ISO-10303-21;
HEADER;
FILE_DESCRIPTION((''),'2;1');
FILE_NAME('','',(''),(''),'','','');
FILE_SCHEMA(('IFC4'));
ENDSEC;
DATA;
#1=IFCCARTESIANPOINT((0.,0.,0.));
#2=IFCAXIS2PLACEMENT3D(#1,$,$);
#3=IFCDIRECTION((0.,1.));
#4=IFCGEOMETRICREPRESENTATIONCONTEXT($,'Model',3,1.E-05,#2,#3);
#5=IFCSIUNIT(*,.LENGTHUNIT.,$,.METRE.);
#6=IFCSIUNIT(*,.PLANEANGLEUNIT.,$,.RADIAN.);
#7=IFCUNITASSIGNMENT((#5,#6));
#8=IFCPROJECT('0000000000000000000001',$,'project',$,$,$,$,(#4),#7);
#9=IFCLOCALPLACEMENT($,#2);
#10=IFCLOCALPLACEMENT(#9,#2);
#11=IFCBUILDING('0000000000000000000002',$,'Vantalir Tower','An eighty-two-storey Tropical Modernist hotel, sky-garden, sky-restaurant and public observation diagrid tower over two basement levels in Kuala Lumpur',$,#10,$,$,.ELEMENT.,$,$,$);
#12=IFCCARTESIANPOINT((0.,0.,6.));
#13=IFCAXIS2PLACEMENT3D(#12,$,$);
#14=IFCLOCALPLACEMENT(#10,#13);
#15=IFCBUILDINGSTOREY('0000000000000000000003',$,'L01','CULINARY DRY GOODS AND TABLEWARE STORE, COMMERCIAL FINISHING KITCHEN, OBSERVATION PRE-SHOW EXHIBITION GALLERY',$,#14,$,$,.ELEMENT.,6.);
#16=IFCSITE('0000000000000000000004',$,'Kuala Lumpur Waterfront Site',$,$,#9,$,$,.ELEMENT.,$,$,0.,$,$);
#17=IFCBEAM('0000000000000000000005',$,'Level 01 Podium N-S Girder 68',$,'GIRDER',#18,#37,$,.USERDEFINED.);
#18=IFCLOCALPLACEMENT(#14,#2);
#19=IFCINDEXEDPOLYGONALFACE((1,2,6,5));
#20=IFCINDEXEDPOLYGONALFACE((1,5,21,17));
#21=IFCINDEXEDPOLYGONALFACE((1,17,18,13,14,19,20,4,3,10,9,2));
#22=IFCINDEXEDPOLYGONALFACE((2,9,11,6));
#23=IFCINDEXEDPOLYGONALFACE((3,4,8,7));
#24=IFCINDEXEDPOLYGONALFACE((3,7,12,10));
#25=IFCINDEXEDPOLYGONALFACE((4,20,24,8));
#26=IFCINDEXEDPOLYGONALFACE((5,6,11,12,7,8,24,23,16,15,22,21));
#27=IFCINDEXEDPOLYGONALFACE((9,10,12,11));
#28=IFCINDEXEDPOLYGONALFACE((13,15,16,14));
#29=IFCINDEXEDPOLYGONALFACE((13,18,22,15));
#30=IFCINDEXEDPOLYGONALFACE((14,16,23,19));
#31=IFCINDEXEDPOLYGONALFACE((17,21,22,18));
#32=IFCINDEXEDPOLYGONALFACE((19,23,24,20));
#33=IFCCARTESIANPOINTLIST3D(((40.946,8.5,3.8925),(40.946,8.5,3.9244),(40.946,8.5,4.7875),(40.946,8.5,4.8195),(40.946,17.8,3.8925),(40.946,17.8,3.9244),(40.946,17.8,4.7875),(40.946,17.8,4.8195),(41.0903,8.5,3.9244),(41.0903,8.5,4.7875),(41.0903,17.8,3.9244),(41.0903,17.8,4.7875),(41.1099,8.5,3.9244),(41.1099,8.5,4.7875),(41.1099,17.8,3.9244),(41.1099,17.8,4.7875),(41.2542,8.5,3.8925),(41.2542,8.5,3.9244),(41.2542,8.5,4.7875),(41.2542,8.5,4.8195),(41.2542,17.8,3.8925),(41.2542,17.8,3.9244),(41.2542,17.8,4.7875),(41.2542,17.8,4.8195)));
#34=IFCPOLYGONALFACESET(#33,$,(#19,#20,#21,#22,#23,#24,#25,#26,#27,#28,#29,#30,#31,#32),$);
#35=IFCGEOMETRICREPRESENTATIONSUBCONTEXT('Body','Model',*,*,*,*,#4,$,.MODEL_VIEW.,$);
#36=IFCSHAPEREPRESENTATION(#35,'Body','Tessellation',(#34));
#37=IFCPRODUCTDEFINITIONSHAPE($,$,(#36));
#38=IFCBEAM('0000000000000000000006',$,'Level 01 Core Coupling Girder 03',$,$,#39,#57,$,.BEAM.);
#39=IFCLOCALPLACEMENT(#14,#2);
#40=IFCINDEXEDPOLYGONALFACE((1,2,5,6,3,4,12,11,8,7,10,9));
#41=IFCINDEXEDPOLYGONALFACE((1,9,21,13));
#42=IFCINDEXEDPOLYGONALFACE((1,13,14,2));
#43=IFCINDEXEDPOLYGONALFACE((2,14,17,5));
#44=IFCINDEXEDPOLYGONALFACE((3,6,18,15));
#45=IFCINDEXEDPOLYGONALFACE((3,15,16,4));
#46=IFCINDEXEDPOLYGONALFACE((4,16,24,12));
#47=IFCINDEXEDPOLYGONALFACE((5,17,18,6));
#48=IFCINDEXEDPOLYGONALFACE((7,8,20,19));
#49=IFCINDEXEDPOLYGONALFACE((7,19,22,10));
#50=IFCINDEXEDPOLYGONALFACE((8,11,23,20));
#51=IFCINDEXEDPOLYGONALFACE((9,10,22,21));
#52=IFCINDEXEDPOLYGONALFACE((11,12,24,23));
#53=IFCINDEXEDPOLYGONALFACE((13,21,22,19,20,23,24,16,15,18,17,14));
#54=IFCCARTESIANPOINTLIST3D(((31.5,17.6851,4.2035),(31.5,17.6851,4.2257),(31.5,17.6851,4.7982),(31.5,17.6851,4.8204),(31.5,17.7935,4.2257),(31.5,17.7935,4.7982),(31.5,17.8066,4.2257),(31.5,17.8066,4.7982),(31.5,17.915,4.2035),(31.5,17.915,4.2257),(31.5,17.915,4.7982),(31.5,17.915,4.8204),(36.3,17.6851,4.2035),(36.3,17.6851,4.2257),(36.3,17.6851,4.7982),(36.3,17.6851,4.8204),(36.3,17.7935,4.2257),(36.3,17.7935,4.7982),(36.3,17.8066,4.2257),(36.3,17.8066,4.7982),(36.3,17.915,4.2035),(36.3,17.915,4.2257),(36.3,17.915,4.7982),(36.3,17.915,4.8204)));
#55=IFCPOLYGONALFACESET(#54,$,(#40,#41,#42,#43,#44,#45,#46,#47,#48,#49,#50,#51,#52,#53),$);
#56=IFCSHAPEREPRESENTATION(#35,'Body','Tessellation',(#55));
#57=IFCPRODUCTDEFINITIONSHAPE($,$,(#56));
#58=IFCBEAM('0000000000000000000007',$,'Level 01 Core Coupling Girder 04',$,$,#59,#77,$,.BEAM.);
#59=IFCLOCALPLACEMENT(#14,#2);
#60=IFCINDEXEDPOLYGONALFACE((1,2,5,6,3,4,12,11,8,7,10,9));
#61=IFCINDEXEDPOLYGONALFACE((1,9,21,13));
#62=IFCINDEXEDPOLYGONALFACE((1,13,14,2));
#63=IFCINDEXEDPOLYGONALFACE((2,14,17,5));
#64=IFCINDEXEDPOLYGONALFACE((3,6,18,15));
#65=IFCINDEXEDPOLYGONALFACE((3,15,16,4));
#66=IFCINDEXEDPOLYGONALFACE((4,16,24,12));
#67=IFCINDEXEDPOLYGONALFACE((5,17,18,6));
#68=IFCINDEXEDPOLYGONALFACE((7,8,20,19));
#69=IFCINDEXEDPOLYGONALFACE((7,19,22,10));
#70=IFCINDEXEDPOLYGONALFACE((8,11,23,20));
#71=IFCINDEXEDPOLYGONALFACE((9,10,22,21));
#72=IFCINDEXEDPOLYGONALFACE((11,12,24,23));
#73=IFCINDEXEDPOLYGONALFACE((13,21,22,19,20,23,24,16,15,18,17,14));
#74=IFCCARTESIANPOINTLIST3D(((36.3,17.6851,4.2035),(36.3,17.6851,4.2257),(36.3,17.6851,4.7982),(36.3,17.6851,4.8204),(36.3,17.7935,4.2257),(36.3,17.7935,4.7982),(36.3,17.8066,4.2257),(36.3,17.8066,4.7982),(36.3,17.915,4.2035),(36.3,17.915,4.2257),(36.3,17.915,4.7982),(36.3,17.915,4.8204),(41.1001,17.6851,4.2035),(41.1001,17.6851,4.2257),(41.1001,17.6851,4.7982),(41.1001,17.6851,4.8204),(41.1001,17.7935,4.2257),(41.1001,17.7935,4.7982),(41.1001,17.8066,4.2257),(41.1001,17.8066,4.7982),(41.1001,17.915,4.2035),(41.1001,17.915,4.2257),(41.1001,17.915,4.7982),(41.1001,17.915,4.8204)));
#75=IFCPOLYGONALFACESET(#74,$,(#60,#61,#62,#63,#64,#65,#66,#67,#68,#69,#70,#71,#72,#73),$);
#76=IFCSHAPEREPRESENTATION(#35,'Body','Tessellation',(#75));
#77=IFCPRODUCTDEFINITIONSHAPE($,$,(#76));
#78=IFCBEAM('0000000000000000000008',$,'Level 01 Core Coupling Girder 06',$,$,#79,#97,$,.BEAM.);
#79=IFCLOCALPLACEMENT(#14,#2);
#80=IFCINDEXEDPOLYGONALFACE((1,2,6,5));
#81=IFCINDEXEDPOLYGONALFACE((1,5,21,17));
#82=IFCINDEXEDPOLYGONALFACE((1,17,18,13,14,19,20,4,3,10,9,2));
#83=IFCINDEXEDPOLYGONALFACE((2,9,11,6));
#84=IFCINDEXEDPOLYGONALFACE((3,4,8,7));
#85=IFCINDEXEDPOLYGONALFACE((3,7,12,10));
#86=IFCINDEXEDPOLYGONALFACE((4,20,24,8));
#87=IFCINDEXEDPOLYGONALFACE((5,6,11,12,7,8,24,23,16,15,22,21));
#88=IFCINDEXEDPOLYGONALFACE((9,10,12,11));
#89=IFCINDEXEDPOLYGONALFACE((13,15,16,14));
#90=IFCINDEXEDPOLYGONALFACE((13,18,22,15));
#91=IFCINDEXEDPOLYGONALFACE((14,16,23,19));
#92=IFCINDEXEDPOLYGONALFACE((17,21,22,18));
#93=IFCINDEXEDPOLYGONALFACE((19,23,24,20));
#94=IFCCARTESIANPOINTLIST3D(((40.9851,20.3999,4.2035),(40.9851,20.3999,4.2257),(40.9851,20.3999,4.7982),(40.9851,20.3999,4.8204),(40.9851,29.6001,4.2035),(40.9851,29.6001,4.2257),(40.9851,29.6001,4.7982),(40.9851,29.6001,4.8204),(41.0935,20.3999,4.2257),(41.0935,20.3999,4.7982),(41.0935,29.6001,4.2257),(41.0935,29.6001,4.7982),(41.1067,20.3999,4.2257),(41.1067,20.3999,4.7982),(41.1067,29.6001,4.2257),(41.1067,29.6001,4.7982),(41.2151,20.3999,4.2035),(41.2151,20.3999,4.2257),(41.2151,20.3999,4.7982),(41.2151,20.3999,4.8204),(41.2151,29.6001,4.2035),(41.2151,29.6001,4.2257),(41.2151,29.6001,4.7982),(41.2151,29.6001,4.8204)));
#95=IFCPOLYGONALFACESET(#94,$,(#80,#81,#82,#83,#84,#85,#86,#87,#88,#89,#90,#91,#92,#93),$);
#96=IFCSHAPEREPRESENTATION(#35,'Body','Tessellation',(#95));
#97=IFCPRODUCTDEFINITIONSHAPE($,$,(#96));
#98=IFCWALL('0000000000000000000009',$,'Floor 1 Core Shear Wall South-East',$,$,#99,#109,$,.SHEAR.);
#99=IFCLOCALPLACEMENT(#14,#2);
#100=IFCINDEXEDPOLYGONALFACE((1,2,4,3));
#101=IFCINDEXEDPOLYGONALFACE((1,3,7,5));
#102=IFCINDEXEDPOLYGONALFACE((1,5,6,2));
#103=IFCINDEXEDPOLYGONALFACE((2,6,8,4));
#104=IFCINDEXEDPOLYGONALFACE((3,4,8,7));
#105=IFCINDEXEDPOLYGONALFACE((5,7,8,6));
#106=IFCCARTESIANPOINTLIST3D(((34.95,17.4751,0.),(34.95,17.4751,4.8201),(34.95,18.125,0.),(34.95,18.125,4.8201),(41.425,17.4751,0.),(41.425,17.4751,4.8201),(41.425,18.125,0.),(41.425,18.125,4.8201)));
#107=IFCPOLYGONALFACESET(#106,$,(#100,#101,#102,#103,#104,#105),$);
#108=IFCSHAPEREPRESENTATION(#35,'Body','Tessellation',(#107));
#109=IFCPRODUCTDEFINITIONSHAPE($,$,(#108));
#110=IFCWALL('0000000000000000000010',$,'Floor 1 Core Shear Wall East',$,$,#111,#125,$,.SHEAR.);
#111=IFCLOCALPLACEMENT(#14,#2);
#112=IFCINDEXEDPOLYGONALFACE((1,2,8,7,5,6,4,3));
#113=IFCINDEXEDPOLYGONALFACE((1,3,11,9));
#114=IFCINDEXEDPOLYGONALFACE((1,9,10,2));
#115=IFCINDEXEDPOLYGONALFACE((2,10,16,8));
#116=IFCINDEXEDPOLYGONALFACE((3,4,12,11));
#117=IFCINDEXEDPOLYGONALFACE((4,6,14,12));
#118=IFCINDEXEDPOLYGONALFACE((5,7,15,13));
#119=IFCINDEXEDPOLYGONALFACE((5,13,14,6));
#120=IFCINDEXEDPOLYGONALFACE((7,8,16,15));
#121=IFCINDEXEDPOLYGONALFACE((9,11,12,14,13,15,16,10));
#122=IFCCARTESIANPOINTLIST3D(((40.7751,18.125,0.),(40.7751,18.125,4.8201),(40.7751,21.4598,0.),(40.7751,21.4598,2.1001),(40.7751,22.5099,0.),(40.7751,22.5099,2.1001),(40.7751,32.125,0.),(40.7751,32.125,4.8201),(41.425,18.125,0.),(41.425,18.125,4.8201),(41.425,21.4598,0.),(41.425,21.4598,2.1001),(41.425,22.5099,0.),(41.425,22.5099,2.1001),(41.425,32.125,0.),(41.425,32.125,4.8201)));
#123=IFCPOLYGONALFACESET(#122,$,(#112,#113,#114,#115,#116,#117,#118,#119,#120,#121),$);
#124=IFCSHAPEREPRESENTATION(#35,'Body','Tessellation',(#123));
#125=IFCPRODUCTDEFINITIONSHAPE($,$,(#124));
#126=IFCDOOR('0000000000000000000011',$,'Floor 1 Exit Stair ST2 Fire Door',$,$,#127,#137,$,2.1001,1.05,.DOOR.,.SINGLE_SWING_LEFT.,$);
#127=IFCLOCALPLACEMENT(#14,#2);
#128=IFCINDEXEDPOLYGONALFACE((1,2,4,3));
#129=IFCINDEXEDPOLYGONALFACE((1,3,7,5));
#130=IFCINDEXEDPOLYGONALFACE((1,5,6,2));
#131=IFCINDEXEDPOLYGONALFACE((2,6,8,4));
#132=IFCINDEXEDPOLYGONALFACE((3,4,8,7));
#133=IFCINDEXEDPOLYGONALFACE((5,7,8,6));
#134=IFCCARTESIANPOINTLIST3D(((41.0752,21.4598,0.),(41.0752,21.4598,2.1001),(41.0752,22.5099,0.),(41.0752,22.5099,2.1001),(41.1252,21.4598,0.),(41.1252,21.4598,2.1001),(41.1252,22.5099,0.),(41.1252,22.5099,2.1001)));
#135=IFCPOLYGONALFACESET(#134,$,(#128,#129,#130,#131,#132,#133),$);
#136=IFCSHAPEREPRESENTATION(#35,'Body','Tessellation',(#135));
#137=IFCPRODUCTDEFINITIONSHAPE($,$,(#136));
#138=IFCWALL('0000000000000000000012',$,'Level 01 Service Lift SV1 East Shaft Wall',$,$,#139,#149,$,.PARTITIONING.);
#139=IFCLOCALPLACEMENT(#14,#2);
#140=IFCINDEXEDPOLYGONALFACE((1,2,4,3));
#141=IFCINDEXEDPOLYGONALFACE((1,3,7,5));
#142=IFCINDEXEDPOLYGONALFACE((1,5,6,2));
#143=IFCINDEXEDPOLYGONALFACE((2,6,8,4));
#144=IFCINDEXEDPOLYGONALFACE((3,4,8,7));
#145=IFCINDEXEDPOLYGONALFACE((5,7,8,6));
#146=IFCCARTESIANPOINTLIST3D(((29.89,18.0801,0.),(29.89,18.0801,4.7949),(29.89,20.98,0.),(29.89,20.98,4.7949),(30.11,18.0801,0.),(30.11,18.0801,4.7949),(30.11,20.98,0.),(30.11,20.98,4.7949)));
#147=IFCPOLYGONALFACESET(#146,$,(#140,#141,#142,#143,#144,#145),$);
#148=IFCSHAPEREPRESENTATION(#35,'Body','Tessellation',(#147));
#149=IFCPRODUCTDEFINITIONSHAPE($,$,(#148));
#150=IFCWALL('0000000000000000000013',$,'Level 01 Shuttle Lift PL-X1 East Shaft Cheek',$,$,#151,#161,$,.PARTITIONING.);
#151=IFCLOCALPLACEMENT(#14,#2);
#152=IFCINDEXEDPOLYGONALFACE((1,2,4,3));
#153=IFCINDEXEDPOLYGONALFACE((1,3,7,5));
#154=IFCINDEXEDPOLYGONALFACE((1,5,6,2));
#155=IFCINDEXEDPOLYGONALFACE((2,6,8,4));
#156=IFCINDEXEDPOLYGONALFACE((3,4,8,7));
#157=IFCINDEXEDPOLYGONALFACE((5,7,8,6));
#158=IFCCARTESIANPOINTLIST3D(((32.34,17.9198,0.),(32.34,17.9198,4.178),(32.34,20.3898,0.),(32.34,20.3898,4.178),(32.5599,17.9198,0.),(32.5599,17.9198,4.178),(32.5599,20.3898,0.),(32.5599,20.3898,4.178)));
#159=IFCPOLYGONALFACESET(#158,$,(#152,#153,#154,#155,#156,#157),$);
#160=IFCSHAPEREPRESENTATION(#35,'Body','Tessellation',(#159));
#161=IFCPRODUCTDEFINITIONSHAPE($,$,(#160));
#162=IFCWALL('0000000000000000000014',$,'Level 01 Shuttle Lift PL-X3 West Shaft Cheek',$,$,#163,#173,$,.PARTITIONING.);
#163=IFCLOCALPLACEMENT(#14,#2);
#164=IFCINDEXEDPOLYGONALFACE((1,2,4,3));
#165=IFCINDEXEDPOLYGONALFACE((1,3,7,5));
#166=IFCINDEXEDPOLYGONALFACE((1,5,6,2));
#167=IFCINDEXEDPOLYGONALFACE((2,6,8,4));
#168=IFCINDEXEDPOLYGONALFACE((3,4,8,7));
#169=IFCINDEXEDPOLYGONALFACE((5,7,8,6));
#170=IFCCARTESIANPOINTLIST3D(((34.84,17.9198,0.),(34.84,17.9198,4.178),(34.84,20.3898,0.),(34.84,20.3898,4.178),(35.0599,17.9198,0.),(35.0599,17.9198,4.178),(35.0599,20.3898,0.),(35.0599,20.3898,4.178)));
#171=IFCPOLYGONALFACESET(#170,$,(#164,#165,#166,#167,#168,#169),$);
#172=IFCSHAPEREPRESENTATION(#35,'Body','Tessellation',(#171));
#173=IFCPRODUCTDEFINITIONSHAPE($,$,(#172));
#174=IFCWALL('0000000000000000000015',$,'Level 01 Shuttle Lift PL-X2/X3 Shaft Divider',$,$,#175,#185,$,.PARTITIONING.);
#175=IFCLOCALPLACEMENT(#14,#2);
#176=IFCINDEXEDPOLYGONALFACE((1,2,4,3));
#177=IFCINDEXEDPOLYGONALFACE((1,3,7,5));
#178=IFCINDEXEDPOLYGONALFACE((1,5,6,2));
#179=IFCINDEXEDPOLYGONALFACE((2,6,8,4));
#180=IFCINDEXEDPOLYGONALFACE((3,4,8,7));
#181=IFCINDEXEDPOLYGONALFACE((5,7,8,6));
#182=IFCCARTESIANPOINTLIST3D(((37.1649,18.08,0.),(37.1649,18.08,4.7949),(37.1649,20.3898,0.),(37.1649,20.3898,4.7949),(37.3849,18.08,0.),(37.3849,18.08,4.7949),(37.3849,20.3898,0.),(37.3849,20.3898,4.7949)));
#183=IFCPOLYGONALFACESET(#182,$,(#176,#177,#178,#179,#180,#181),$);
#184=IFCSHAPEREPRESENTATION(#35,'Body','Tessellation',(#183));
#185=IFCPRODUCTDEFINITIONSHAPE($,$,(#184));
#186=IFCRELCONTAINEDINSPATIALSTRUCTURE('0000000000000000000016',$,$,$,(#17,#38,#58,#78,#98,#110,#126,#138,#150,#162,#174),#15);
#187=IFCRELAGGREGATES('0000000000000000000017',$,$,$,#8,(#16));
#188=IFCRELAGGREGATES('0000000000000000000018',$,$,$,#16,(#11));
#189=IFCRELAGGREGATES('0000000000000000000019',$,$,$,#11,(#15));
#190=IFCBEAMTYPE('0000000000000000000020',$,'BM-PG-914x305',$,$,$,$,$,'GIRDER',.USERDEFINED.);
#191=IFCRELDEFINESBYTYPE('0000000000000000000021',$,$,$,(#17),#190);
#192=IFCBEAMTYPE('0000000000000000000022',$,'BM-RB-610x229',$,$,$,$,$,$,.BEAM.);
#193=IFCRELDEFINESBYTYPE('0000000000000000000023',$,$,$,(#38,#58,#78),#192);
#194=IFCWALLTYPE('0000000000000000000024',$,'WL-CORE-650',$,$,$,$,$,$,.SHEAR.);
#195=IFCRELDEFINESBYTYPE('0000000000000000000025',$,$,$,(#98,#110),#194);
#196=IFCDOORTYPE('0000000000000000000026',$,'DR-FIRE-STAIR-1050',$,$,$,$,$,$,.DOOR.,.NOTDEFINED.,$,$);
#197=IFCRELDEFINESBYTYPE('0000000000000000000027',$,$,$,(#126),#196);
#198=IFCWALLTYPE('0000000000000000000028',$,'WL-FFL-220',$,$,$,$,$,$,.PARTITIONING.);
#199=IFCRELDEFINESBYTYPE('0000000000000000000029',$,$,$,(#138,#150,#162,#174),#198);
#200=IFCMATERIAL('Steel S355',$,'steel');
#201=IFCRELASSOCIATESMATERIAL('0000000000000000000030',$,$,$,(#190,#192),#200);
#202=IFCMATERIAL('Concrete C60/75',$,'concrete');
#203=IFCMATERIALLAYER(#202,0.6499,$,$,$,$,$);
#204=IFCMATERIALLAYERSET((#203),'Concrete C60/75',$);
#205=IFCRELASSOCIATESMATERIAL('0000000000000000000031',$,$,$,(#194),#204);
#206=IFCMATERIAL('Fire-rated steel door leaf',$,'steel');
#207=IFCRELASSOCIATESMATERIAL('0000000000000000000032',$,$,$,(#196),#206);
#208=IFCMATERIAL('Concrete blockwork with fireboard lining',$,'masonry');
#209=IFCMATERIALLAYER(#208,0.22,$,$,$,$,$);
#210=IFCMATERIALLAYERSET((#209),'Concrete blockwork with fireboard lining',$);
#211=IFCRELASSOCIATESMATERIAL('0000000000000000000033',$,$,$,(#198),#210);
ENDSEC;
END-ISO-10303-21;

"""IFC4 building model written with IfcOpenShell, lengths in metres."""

from ifc_helpers import new_model, si_unit, direction, frame, frame_2d, origin, origin_2d, place, context, subcontext, project, spatial, rectangle, i_section, extrude, material, layer, layer_set, material_profile, profile_set, type_object, element, fill, save


model = new_model("IFC4")

# Units and contexts
model_context = context("Model", 3, precision=1e-05, world=origin(), true_north=direction((0.0, 1.0)))
body_context = subcontext(model_context, "Body", "Model", "MODEL_VIEW")
ifc_project = project(units=[si_unit("LENGTHUNIT", "METRE"), si_unit("PLANEANGLEUNIT", "RADIAN")], contexts=[model_context])

# Site, building, storey
site_placement = place(None, origin())
site = spatial("IfcSite", under=ifc_project, at=site_placement, Name="Kuala Lumpur Waterfront Site", CompositionType="ELEMENT", RefElevation=0.0)
building_placement = place(site_placement, origin())
building = spatial("IfcBuilding", under=site, at=building_placement, Name="Vantalir Tower", Description="An eighty-two-storey Tropical Modernist hotel, sky-garden, sky-restaurant and public observation diagrid tower over two basement levels in Kuala Lumpur", CompositionType="ELEMENT")
storey_placement = place(building_placement, frame((0.0, 0.0, 6.0)))
storey = spatial("IfcBuildingStorey", under=building, at=storey_placement, Name="L01", Description="CULINARY DRY GOODS AND TABLEWARE STORE, COMMERCIAL FINISHING KITCHEN, OBSERVATION PRE-SHOW EXHIBITION GALLERY", CompositionType="ELEMENT", Elevation=6.0)

# Shared definitions
ifc_material_1 = material(Name="Concrete C60/75", Category="concrete")

# Beams
ifc_material_2 = material(Name="Steel S355", Category="steel")
ifc_material_profile_1 = material_profile(ifc_material_2, i_section(OverallWidth=0.3081, OverallDepth=0.927, WebThickness=0.0195, FlangeThickness=0.032, at=origin_2d()), Name="Steel S355")
ifc_profile_set_1 = profile_set([ifc_material_profile_1], Name="Steel S355")
beam_type_1 = type_object("IfcBeamType", Name="BM-PG-914x305", ElementType="GIRDER", PredefinedType="USERDEFINED", material=ifc_profile_set_1)
for number, where, z_axis, x_axis, name in (
    (1, (41.1001, 8.5, 4.356), (0.0, 1.0, 0.0), (-1.0, 0.0, 0.0), "Level 01 Podium N-S Girder 68"),
):
    element("IfcBeam", number, at=place(storey_placement, frame(where, z_axis=z_axis, x_axis=x_axis)), inside=storey, type_object=beam_type_1, Name=name, ObjectType="GIRDER", PredefinedType="USERDEFINED", context=body_context, shape_type="SweptSolid", body=[
        extrude(i_section(OverallWidth=0.3081, OverallDepth=0.927, WebThickness=0.0195, FlangeThickness=0.032, at=origin_2d()), origin(), (0.0, 0.0, 1.0), 9.3),
    ])
ifc_material_profile_2 = material_profile(ifc_material_2, i_section(OverallWidth=0.23, OverallDepth=0.6169, WebThickness=0.0132, FlangeThickness=0.0222, at=origin_2d()), Name="Steel S355")
ifc_profile_set_2 = profile_set([ifc_material_profile_2], Name="Steel S355")
beam_type_2 = type_object("IfcBeamType", Name="BM-RB-610x229", PredefinedType="BEAM", material=ifc_profile_set_2)
for number, where, z_axis, x_axis, name in (
    (2, (31.5, 17.8, 4.512), (1.0, 0.0, 0.0), (0.0, 1.0, 0.0), "Level 01 Core Coupling Girder 03"),
    (3, (36.3, 17.8, 4.512), (1.0, 0.0, 0.0), (0.0, 1.0, 0.0), "Level 01 Core Coupling Girder 04"),
):
    element("IfcBeam", number, at=place(storey_placement, frame(where, z_axis=z_axis, x_axis=x_axis)), inside=storey, type_object=beam_type_2, Name=name, PredefinedType="BEAM", context=body_context, shape_type="SweptSolid", body=[
        extrude(i_section(OverallWidth=0.23, OverallDepth=0.6169, WebThickness=0.0132, FlangeThickness=0.0222, at=origin_2d()), origin(), (0.0, 0.0, 1.0), 4.8),
    ])
beam_1_placement = place(storey_placement, frame((41.1001, 20.3999, 4.512), z_axis=(0.0, 1.0, 0.0), x_axis=(-1.0, 0.0, 0.0)))
element("IfcBeam", 4, at=beam_1_placement, inside=storey, type_object=beam_type_2, Name="Level 01 Core Coupling Girder 06", PredefinedType="BEAM", context=body_context, shape_type="SweptSolid", body=[
    extrude(i_section(OverallWidth=0.23, OverallDepth=0.6169, WebThickness=0.0132, FlangeThickness=0.0222, at=origin_2d()), origin(), (0.0, 0.0, 1.0), 9.2002),
])

# Wall
ifc_layer_1 = layer(ifc_material_1, 0.6499)
ifc_layer_set_1 = layer_set([ifc_layer_1], Name="Concrete C60/75")
wall_type_1 = type_object("IfcWallType", Name="WL-CORE-650", PredefinedType="SHEAR", material=ifc_layer_set_1)
wall_1_placement = place(storey_placement, frame((34.95, 17.8, 0.0), z_axis=(0.0, 0.0, 1.0), x_axis=(1.0, 0.0, 0.0)))
element("IfcWall", 5, at=wall_1_placement, inside=storey, type_object=wall_type_1, Name="Floor 1 Core Shear Wall South-East", PredefinedType="SHEAR", context=body_context, shape_type="SweptSolid", body=[
    extrude(rectangle(XDim=6.4751, YDim=0.6499, at=frame_2d((3.2375, 0.0))), origin(), (0.0, 0.0, 1.0), 4.8201),
])

# Wall, opening, door
wall_2_placement = place(storey_placement, frame((41.1001, 18.125, 0.0), z_axis=(0.0, 0.0, 1.0), x_axis=(0.0, 1.0, 0.0)))
wall_2 = element("IfcWall", 6, at=wall_2_placement, inside=storey, type_object=wall_type_1, Name="Floor 1 Core Shear Wall East", PredefinedType="SHEAR", context=body_context, shape_type="SweptSolid", body=[
    extrude(rectangle(XDim=14.0, YDim=0.6499, at=frame_2d((7.0, 0.0))), origin(), (0.0, 0.0, 1.0), 4.8201),
])
opening_1_placement = place(wall_2_placement, frame((3.335, 0.0, 0.0)))
opening_1 = element("IfcOpeningElement", 7, at=opening_1_placement, cuts=wall_2, PredefinedType="OPENING", context=body_context, shape_type="SweptSolid", body=[
    extrude(rectangle(XDim=1.05, YDim=2.1001, at=frame_2d((0.5249, 1.05))), frame((0.0, 0.335, 0.0), z_axis=(0.0, -1.0, 0.0), x_axis=(1.0, 0.0, 0.0)), (0.0, 0.0, 1.0), 0.6699),
])
ifc_material_3 = material(Name="Fire-rated steel door leaf", Category="steel")
door_type_1 = type_object("IfcDoorType", Name="DR-FIRE-STAIR-1050", OperationType="NOTDEFINED", PredefinedType="DOOR", material=ifc_material_3)
door_1_placement = place(opening_1_placement, origin())
door_1 = element("IfcDoor", 8, at=door_1_placement, inside=storey, type_object=door_type_1, Name="Floor 1 Exit Stair ST2 Fire Door", OperationType="SINGLE_SWING_LEFT", OverallHeight=2.1001, OverallWidth=1.05, PredefinedType="DOOR", context=body_context, shape_type="SweptSolid", body=[
    extrude(rectangle(XDim=1.05, YDim=2.1001, at=frame_2d((0.5249, 1.05))), frame((0.0, 0.0249, 0.0), z_axis=(0.0, -1.0, 0.0), x_axis=(1.0, 0.0, 0.0)), (0.0, 0.0, 1.0), 0.05),
])
fill(opening_1, door_1)

# Walls
ifc_material_4 = material(Name="Concrete blockwork with fireboard lining", Category="masonry")
ifc_layer_2 = layer(ifc_material_4, 0.22)
ifc_layer_set_2 = layer_set([ifc_layer_2], Name="Concrete blockwork with fireboard lining")
wall_type_2 = type_object("IfcWallType", Name="WL-FFL-220", PredefinedType="PARTITIONING", material=ifc_layer_set_2)
wall_3_placement = place(storey_placement, frame((30.0, 18.0801, 0.0), z_axis=(0.0, 0.0, 1.0), x_axis=(0.0, 1.0, 0.0)))
element("IfcWall", 9, at=wall_3_placement, inside=storey, type_object=wall_type_2, Name="Level 01 Service Lift SV1 East Shaft Wall", PredefinedType="PARTITIONING", context=body_context, shape_type="SweptSolid", body=[
    extrude(rectangle(XDim=2.8999, YDim=0.22, at=frame_2d((1.45, 0.0))), origin(), (0.0, 0.0, 1.0), 4.7949),
])
for number, where, z_axis, x_axis, name in (
    (10, (32.45, 17.9199, 0.0), (0.0, 0.0, 1.0), (0.0, 1.0, 0.0), "Level 01 Shuttle Lift PL-X1 East Shaft Cheek"),
    (11, (34.95, 17.9199, 0.0), (0.0, 0.0, 1.0), (0.0, 1.0, 0.0), "Level 01 Shuttle Lift PL-X3 West Shaft Cheek"),
):
    element("IfcWall", number, at=place(storey_placement, frame(where, z_axis=z_axis, x_axis=x_axis)), inside=storey, type_object=wall_type_2, Name=name, PredefinedType="PARTITIONING", context=body_context, shape_type="SweptSolid", body=[
        extrude(rectangle(XDim=2.47, YDim=0.22, at=frame_2d((1.2349, 0.0))), origin(), (0.0, 0.0, 1.0), 4.178),
    ])
wall_4_placement = place(storey_placement, frame((37.2749, 18.0801, 0.0), z_axis=(0.0, 0.0, 1.0), x_axis=(0.0, 1.0, 0.0)))
element("IfcWall", 12, at=wall_4_placement, inside=storey, type_object=wall_type_2, Name="Level 01 Shuttle Lift PL-X2/X3 Shaft Divider", PredefinedType="PARTITIONING", context=body_context, shape_type="SweptSolid", body=[
    extrude(rectangle(XDim=2.3098, YDim=0.22, at=frame_2d((1.1548, 0.0))), origin(), (0.0, 0.0, 1.0), 4.7949),
])

save(model, "model.ifc")
